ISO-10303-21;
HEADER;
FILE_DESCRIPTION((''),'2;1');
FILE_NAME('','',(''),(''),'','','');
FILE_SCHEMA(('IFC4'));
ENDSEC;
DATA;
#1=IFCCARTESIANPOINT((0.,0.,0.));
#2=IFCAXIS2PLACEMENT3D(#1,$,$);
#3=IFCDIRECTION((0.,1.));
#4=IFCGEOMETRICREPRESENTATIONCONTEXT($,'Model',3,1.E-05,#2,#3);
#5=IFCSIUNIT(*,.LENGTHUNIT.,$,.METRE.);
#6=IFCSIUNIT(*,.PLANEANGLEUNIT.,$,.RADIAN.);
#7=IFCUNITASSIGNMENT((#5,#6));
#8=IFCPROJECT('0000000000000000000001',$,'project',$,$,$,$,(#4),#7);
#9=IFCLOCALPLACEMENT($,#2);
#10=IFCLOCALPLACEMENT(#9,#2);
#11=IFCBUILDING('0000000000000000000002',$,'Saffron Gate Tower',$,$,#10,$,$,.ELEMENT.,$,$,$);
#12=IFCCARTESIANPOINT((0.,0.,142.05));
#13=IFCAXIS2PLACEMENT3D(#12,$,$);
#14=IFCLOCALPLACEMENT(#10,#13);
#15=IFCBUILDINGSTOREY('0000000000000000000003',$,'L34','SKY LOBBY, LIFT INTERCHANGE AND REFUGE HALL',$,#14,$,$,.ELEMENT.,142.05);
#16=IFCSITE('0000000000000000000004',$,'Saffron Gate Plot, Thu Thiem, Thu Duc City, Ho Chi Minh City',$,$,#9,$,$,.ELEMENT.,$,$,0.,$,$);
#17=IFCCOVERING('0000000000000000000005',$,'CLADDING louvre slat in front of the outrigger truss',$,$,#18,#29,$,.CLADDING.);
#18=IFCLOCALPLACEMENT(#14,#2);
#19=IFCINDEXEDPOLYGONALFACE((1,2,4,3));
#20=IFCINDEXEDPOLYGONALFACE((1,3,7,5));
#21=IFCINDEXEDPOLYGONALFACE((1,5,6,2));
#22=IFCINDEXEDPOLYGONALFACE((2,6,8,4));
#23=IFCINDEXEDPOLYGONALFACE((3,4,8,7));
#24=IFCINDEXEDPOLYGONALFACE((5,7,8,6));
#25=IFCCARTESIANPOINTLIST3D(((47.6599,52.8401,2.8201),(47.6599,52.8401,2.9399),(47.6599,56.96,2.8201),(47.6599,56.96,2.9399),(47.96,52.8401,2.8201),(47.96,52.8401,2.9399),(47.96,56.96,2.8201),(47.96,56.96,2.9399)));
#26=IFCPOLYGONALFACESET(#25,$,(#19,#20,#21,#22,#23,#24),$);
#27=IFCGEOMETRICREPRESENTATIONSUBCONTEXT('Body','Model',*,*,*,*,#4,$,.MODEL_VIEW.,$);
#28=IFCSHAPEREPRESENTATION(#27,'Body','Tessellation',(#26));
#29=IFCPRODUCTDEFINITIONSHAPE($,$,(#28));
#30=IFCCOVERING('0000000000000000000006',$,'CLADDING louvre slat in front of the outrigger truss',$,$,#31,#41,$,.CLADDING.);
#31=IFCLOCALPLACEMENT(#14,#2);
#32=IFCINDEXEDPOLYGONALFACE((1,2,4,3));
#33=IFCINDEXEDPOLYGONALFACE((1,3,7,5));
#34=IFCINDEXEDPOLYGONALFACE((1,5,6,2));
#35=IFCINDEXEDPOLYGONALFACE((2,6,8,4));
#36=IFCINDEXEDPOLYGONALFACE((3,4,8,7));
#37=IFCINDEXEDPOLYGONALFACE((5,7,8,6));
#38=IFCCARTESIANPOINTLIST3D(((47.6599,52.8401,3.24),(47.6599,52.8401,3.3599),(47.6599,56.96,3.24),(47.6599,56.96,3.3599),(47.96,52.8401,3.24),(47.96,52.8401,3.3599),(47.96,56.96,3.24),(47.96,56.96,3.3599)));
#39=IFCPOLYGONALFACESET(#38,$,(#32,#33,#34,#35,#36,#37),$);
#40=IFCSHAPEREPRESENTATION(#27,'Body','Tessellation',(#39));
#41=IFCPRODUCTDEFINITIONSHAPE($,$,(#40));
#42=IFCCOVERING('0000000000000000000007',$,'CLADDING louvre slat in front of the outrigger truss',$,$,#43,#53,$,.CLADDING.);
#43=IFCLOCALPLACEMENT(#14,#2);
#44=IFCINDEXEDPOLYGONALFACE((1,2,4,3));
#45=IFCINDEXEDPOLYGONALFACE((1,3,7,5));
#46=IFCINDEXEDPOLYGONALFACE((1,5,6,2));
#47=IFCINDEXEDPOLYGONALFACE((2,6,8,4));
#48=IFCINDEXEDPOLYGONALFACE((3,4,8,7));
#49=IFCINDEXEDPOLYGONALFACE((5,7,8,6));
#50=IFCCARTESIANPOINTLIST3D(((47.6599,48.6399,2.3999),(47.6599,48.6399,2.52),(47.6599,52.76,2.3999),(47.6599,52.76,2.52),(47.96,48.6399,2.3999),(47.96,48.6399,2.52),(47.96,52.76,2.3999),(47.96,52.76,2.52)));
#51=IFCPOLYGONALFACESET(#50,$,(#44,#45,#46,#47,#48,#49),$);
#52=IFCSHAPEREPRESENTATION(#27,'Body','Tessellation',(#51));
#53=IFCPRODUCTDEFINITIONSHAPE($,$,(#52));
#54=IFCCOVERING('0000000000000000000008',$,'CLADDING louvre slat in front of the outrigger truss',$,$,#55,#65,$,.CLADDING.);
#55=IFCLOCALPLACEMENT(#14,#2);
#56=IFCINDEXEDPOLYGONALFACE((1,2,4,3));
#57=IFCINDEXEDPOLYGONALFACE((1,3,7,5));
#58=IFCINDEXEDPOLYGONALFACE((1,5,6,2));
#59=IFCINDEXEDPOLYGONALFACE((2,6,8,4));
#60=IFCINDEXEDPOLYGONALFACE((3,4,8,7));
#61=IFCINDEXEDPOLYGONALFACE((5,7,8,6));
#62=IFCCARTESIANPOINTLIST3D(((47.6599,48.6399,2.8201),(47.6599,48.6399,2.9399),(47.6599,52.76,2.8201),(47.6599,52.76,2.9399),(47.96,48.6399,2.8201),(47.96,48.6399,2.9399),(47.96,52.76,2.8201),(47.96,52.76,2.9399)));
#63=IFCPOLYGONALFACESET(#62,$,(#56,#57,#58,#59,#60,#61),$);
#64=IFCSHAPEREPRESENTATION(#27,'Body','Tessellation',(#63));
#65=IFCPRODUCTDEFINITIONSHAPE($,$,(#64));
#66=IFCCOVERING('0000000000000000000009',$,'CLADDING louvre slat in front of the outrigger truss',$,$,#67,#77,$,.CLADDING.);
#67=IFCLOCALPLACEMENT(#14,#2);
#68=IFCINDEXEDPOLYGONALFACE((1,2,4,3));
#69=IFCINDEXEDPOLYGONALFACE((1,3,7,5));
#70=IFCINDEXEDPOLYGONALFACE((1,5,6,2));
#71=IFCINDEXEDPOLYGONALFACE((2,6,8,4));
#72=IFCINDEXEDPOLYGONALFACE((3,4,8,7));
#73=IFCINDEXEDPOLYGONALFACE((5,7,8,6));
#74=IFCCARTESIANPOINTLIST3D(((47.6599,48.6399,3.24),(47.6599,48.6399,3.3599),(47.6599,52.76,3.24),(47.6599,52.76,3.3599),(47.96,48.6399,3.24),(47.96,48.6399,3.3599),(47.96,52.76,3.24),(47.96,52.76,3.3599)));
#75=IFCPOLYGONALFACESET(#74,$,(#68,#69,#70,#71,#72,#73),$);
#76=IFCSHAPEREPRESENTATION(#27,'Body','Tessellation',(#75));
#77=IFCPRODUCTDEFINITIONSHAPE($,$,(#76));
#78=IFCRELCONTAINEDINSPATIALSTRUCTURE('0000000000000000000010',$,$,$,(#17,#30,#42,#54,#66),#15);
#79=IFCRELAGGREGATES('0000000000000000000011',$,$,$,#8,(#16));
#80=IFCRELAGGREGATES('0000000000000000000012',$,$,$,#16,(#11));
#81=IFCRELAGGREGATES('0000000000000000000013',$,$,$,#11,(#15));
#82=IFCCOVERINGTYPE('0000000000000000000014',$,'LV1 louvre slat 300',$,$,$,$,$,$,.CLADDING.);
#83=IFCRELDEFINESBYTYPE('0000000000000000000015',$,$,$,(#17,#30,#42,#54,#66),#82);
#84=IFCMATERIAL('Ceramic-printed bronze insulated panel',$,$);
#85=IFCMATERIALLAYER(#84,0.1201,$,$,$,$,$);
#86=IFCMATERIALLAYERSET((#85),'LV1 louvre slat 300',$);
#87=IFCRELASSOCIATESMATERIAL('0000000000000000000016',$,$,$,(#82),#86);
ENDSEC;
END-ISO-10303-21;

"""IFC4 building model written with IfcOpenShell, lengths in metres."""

from ifc_helpers import new_model, si_unit, direction, frame, origin, place, context, subcontext, project, spatial, polyline, outline, extrude, material, layer, layer_set, type_object, element, save


model = new_model("IFC4")

# Units and contexts
model_context = context("Model", 3, precision=1e-05, world=origin(), true_north=direction((0.0, 1.0)))
body_context = subcontext(model_context, "Body", "Model", "MODEL_VIEW")
ifc_project = project(units=[si_unit("LENGTHUNIT", "METRE"), si_unit("PLANEANGLEUNIT", "RADIAN")], contexts=[model_context])

# Site, building, storey
site_placement = place(None, origin())
site = spatial("IfcSite", under=ifc_project, at=site_placement, Name="Saffron Gate Plot, Thu Thiem, Thu Duc City, Ho Chi Minh City", CompositionType="ELEMENT", RefElevation=0.0)
building_placement = place(site_placement, origin())
building = spatial("IfcBuilding", under=site, at=building_placement, Name="Saffron Gate Tower", CompositionType="ELEMENT")
storey_placement = place(building_placement, frame((0.0, 0.0, 142.05)))
storey = spatial("IfcBuildingStorey", under=building, at=storey_placement, Name="L34", Description="SKY LOBBY, LIFT INTERCHANGE AND REFUGE HALL", CompositionType="ELEMENT", Elevation=142.05)

# Coverings
ifc_material = material(Name="Ceramic-printed bronze insulated panel")
ifc_layer = layer(ifc_material, 0.1201)
ifc_layer_set = layer_set([ifc_layer], Name="LV1 louvre slat 300")
covering_type = type_object("IfcCoveringType", Name="LV1 louvre slat 300", PredefinedType="CLADDING", material=ifc_layer_set)
for number, where, name in (
    (1, (0.0, 0.0, 2.8201), "CLADDING louvre slat in front of the outrigger truss"),
    (2, (0.0, 0.0, 3.24), "CLADDING louvre slat in front of the outrigger truss"),
):
    element("IfcCovering", number, at=place(storey_placement, frame(where)), inside=storey, type_object=covering_type, Name=name, PredefinedType="CLADDING", context=body_context, shape_type="SweptSolid", body=[
        extrude(outline(polyline([(47.6599, 56.96), (47.6599, 52.8401), (47.96, 52.8401), (47.96, 56.96), (47.6599, 56.96)])), origin(), (0.0, 0.0, 1.0), 0.1199),
    ])
covering_1_placement = place(storey_placement, frame((0.0, 0.0, 2.3999)))
element("IfcCovering", 3, at=covering_1_placement, inside=storey, type_object=covering_type, Name="CLADDING louvre slat in front of the outrigger truss", PredefinedType="CLADDING", context=body_context, shape_type="SweptSolid", body=[
    extrude(outline(polyline([(47.6599, 52.76), (47.6599, 48.6399), (47.96, 48.6399), (47.96, 52.76), (47.6599, 52.76)])), origin(), (0.0, 0.0, 1.0), 0.1201),
])
for number, where, name in (
    (4, (0.0, 0.0, 2.8201), "CLADDING louvre slat in front of the outrigger truss"),
    (5, (0.0, 0.0, 3.24), "CLADDING louvre slat in front of the outrigger truss"),
):
    element("IfcCovering", number, at=place(storey_placement, frame(where)), inside=storey, type_object=covering_type, Name=name, PredefinedType="CLADDING", context=body_context, shape_type="SweptSolid", body=[
        extrude(outline(polyline([(47.6599, 52.76), (47.6599, 48.6399), (47.96, 48.6399), (47.96, 52.76), (47.6599, 52.76)])), origin(), (0.0, 0.0, 1.0), 0.1199),
    ])

save(model, "model.ifc")
